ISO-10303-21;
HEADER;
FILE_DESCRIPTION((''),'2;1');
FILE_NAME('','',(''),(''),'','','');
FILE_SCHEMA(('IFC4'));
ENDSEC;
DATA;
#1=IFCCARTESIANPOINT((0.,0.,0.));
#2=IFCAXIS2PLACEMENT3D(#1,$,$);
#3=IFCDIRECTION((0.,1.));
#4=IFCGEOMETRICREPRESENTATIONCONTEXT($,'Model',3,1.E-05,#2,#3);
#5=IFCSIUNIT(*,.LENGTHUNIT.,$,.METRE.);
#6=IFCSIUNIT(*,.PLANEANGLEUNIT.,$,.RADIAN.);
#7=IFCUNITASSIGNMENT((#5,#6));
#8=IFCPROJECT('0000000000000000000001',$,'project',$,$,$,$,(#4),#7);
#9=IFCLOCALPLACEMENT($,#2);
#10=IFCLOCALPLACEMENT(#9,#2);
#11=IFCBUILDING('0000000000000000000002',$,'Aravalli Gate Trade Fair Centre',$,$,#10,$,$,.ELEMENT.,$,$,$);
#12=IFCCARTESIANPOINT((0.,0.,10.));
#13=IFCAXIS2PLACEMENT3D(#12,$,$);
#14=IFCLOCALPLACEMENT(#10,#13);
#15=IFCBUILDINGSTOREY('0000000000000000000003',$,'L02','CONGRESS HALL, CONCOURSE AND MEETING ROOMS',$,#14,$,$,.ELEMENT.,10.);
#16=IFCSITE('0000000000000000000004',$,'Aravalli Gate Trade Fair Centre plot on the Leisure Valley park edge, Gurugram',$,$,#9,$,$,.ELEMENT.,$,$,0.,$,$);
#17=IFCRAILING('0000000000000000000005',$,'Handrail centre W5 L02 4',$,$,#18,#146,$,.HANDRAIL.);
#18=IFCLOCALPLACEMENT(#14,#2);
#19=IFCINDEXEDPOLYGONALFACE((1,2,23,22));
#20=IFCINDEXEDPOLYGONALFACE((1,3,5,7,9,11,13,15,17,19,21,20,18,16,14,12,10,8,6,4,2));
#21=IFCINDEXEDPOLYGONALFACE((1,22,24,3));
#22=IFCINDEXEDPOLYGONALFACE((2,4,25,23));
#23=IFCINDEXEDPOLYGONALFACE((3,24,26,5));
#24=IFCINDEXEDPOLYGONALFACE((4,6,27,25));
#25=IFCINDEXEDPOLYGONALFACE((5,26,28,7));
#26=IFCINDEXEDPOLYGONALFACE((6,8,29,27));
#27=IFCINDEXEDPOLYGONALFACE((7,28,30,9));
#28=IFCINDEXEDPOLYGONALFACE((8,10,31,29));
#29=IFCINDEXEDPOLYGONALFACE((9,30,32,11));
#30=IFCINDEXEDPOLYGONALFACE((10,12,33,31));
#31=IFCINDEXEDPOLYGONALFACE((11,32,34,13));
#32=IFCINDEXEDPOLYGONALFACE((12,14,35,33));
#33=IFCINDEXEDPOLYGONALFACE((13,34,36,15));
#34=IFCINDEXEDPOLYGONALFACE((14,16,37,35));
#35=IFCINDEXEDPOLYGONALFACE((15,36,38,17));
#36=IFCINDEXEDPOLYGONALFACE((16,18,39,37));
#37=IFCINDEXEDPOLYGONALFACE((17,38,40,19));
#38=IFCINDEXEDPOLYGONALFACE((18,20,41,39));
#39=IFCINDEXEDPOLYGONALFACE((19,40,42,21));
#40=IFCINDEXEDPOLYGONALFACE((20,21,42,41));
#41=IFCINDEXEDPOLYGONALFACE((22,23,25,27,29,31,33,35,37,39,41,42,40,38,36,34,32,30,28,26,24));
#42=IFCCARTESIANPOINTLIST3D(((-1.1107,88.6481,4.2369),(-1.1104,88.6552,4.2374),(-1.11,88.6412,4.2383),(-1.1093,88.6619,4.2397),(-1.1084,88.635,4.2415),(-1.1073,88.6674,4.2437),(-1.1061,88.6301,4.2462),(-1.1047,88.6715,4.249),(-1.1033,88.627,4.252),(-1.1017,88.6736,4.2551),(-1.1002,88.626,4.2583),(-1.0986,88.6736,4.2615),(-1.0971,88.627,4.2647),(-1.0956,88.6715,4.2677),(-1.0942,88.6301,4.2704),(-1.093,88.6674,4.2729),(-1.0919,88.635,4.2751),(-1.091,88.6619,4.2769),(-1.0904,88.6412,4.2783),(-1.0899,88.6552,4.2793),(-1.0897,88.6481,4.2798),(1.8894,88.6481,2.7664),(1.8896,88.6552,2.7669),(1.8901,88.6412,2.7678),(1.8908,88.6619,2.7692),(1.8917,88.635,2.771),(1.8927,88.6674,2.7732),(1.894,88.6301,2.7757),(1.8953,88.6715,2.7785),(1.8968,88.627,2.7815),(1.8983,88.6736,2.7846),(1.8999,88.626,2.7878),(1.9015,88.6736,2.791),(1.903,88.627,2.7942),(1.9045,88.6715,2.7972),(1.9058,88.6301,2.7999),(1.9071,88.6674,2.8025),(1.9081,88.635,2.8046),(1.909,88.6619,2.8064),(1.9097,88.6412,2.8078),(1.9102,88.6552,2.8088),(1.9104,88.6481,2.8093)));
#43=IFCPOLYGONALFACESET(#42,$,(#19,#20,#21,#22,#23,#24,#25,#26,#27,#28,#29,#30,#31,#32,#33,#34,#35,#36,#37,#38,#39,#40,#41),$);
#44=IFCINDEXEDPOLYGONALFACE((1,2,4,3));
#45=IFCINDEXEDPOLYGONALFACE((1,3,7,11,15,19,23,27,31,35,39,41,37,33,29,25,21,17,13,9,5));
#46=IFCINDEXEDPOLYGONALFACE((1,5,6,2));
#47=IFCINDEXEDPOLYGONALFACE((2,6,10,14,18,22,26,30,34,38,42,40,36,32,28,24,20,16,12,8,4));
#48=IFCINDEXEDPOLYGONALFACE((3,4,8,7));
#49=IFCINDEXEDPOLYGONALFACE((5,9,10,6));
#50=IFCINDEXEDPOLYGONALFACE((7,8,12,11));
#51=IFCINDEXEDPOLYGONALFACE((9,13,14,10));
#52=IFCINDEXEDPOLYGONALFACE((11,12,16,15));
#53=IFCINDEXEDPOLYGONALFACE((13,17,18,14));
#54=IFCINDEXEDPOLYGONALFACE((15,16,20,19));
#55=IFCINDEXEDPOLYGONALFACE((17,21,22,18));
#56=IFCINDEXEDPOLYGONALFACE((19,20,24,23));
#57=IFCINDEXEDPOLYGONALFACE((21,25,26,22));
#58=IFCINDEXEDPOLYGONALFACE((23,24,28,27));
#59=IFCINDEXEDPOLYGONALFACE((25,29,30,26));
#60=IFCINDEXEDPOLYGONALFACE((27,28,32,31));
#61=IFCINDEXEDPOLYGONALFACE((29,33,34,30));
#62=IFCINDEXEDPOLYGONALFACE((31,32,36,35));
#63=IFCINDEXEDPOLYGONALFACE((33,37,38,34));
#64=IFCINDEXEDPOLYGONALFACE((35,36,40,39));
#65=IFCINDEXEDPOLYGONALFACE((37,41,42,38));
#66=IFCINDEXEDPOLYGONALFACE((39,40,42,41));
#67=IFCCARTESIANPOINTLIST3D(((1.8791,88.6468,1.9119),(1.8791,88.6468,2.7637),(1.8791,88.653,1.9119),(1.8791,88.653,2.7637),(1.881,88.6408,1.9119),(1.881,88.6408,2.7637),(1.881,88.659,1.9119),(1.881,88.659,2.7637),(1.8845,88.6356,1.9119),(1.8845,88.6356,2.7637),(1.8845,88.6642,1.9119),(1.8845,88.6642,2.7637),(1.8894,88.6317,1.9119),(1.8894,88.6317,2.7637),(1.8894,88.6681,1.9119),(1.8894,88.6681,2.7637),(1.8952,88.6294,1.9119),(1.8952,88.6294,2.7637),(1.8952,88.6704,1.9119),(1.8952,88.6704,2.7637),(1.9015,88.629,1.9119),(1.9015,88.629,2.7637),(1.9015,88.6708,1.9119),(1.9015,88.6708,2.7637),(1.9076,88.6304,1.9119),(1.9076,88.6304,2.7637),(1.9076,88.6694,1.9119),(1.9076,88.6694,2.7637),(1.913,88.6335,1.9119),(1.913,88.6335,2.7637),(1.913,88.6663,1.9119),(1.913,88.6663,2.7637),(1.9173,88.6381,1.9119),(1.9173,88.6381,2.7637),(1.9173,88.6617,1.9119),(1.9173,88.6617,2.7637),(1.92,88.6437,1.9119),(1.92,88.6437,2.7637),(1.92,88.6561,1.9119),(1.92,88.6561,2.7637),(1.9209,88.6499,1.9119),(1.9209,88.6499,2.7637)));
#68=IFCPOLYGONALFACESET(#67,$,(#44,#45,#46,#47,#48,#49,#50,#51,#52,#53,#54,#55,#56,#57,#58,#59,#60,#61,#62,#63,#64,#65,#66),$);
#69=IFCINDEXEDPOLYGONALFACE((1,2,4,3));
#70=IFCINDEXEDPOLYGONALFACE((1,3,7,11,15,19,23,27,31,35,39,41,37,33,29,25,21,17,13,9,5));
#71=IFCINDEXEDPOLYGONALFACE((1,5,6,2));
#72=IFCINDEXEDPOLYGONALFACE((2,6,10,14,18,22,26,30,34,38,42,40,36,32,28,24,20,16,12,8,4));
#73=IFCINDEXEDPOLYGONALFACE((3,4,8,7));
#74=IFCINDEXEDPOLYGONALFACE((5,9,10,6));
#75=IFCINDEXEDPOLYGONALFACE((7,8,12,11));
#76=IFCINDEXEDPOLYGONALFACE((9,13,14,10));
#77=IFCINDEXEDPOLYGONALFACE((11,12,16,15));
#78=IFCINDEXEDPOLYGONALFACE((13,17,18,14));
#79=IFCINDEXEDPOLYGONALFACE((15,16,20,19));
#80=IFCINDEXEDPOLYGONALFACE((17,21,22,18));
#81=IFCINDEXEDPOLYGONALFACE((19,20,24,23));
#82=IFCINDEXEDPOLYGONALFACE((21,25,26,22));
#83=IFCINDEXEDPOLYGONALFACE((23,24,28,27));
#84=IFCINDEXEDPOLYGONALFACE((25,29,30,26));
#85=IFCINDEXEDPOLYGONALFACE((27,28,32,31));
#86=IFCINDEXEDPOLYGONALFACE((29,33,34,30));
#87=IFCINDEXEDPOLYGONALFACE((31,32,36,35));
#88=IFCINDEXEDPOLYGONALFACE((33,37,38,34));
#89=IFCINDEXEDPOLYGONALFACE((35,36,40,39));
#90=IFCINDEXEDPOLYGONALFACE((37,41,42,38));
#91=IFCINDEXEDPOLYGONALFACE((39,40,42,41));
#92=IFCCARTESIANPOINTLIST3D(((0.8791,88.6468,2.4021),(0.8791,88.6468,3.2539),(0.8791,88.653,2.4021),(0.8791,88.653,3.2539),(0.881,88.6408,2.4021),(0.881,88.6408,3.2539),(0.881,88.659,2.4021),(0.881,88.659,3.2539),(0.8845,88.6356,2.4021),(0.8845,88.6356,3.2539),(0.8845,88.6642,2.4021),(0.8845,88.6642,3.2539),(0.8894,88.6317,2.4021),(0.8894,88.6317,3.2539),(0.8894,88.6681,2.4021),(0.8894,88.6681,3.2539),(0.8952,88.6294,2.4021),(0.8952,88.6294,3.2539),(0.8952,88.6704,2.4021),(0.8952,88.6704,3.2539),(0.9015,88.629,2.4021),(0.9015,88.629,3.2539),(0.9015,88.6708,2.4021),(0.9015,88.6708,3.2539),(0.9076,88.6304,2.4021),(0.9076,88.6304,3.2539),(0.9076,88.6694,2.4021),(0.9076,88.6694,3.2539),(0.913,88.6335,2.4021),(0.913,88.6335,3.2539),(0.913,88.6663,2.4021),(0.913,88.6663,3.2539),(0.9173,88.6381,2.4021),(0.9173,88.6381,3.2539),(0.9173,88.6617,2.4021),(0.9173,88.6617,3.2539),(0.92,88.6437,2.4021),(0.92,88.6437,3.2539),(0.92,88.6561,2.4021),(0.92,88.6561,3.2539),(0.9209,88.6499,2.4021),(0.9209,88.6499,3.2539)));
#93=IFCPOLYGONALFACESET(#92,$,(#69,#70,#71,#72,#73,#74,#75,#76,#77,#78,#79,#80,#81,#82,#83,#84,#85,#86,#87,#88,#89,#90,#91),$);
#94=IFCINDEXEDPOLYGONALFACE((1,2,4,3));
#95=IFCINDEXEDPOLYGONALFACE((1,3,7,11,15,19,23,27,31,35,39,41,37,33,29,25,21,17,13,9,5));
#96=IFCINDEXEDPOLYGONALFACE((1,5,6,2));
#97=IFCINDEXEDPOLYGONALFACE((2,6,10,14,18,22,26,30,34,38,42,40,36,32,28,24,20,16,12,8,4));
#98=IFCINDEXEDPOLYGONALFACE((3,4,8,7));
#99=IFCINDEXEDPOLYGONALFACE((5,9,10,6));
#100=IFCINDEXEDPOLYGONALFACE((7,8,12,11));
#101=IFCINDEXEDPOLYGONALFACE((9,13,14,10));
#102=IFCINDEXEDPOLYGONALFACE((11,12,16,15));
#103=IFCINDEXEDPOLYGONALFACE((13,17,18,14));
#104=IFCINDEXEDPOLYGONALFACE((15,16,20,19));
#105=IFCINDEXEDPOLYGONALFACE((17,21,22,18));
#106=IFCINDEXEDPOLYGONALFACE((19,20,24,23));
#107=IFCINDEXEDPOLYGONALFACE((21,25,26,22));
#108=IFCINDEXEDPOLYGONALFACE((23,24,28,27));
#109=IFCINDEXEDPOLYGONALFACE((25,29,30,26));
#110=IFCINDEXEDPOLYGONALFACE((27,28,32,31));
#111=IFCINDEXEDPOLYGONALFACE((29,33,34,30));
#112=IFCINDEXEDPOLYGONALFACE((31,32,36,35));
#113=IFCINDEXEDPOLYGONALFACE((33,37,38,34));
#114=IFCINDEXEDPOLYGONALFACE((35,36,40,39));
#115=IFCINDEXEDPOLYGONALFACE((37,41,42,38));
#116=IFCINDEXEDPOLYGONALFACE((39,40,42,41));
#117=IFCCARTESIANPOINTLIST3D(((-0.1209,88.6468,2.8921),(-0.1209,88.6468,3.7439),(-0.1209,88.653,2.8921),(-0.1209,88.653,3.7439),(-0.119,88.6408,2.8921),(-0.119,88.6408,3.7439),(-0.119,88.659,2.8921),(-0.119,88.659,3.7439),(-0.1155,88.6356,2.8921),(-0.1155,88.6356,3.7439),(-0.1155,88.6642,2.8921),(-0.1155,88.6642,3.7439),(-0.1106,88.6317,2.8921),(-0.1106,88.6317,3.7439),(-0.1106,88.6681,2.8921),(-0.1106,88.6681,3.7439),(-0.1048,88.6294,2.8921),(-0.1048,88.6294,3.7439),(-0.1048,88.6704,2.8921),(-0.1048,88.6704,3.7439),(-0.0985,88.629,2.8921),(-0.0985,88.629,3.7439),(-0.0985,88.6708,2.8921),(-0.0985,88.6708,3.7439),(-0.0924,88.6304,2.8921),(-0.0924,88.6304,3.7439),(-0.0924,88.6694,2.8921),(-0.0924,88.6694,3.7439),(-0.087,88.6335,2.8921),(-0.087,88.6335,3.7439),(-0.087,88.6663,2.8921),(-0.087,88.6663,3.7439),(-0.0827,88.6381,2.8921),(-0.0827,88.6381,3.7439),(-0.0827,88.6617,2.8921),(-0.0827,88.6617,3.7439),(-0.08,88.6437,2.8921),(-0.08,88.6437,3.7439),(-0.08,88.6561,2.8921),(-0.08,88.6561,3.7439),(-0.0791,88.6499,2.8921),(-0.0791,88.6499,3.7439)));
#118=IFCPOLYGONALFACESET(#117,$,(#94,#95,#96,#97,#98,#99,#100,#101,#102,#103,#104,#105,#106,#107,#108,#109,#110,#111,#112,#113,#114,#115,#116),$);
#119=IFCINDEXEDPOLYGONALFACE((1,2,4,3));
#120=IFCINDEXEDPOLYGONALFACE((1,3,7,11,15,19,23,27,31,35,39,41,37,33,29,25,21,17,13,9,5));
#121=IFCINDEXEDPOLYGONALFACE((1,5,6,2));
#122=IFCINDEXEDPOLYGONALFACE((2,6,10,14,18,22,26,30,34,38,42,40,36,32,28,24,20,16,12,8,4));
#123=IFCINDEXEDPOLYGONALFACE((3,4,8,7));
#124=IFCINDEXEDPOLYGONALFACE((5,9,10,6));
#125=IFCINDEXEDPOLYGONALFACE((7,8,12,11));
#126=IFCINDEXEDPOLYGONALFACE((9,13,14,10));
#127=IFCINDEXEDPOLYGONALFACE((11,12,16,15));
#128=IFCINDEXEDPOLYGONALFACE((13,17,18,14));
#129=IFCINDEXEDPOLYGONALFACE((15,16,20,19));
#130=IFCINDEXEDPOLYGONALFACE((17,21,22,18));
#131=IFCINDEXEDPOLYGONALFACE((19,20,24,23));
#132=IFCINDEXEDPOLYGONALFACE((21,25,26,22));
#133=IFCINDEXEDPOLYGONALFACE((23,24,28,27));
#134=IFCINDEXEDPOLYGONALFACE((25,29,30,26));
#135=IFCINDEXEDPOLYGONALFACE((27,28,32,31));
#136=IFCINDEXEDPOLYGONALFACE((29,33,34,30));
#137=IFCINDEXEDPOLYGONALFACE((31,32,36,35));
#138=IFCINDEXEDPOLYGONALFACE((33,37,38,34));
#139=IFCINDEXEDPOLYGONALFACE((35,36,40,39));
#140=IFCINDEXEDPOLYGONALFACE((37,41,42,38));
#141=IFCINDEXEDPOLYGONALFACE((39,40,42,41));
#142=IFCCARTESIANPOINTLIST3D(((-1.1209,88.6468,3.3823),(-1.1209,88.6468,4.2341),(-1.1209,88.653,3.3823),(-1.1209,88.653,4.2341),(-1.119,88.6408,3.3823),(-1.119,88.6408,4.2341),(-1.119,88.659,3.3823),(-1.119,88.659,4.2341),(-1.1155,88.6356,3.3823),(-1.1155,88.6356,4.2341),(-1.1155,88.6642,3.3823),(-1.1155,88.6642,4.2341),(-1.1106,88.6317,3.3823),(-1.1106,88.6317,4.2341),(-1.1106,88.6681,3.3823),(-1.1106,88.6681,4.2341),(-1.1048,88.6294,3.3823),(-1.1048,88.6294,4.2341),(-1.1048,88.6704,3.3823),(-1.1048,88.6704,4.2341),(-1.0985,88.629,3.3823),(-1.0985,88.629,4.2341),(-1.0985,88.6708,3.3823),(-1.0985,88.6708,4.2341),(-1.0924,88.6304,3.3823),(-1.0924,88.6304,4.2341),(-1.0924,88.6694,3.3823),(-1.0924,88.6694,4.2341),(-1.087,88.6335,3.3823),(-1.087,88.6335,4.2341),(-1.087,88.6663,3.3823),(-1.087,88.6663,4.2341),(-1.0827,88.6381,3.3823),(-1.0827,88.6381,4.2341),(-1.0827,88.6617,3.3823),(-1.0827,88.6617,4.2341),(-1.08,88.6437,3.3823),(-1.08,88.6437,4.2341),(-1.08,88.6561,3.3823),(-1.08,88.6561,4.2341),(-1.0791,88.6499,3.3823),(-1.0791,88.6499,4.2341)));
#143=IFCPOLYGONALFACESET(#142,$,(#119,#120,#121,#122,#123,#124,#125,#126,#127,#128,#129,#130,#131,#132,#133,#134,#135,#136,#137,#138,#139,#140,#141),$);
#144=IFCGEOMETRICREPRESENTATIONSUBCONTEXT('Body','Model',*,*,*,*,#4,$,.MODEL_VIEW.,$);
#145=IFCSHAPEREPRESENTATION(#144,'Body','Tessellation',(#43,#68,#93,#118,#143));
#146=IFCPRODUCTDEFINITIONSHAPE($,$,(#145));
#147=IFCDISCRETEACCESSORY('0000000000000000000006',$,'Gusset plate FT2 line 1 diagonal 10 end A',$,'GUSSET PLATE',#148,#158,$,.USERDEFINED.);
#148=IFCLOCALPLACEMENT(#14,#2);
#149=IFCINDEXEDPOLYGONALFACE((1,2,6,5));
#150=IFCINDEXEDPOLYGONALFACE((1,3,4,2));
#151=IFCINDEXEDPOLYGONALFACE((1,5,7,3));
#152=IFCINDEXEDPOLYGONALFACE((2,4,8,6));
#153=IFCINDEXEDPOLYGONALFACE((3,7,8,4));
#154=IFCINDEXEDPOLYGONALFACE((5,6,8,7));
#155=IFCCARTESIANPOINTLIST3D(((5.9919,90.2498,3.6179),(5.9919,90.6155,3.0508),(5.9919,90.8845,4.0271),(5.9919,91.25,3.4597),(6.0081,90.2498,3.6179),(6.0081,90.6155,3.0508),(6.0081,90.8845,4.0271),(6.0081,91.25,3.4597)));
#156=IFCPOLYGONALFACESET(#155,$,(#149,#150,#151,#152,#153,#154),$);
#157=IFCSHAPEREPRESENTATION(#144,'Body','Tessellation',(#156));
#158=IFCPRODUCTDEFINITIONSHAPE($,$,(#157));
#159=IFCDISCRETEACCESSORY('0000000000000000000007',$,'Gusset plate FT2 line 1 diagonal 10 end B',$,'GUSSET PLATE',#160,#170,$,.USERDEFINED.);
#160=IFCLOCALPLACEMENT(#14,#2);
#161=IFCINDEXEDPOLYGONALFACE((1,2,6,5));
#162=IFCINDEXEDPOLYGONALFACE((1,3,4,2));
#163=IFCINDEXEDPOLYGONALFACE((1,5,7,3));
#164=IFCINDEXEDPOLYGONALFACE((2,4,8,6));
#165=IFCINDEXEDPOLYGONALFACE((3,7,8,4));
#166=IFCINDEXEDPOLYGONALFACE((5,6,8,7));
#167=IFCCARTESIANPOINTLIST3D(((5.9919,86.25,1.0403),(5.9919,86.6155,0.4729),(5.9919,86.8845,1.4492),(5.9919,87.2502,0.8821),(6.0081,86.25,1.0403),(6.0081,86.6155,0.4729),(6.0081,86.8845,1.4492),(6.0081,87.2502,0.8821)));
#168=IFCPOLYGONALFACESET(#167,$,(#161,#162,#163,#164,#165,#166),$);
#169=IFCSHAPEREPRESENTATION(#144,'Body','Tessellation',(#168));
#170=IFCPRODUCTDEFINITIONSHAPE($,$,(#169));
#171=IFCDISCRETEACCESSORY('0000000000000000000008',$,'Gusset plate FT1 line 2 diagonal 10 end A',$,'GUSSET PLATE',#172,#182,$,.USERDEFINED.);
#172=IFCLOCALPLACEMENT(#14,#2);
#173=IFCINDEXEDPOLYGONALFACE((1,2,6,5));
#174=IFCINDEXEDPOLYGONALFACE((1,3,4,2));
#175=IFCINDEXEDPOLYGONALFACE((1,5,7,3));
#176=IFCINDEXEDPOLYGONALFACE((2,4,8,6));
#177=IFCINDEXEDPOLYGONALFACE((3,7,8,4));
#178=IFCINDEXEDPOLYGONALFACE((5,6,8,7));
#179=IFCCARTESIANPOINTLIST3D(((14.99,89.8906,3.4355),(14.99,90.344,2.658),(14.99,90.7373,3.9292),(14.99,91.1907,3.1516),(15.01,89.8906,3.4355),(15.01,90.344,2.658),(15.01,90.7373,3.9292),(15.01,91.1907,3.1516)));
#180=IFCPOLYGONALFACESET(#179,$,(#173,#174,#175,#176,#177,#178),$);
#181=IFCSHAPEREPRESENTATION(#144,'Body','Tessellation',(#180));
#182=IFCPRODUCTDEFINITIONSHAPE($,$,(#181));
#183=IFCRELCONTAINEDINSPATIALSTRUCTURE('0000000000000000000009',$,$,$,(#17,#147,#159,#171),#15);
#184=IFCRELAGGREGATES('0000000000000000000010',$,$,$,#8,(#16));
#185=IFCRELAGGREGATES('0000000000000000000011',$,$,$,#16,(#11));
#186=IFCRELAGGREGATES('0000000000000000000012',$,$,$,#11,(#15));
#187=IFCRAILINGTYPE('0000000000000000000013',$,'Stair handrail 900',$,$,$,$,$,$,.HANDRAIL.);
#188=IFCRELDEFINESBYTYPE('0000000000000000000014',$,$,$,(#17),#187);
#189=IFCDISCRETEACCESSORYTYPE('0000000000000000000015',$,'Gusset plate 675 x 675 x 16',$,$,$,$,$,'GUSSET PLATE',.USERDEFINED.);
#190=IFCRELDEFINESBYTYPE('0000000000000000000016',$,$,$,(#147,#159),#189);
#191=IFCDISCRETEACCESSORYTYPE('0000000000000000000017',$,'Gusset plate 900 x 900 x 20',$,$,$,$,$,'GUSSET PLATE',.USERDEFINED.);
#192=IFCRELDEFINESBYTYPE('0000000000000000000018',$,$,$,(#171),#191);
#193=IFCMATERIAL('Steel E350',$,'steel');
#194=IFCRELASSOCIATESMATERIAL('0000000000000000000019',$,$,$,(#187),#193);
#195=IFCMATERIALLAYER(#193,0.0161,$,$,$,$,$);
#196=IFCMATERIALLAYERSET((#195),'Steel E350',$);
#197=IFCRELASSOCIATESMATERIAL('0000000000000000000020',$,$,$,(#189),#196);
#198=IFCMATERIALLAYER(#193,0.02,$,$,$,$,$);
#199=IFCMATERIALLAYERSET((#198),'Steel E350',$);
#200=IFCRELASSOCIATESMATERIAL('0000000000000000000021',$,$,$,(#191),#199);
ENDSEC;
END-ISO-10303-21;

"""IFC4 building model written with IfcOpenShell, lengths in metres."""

from ifc_helpers import new_model, si_unit, direction, frame, origin, origin_2d, place, context, subcontext, project, spatial, polyline, circle, outline, extrude, material, layer, layer_set, type_object, element, save


model = new_model("IFC4")

# Units and contexts
model_context = context("Model", 3, precision=1e-05, world=origin(), true_north=direction((0.0, 1.0)))
body_context = subcontext(model_context, "Body", "Model", "MODEL_VIEW")
ifc_project = project(units=[si_unit("LENGTHUNIT", "METRE"), si_unit("PLANEANGLEUNIT", "RADIAN")], contexts=[model_context])

# Site, building, storey
site_placement = place(None, origin())
site = spatial("IfcSite", under=ifc_project, at=site_placement, Name="Aravalli Gate Trade Fair Centre plot on the Leisure Valley park edge, Gurugram", CompositionType="ELEMENT", RefElevation=0.0)
building_placement = place(site_placement, origin())
building = spatial("IfcBuilding", under=site, at=building_placement, Name="Aravalli Gate Trade Fair Centre", CompositionType="ELEMENT")
storey_placement = place(building_placement, frame((0.0, 0.0, 10.0)))
storey = spatial("IfcBuildingStorey", under=building, at=storey_placement, Name="L02", Description="CONGRESS HALL, CONCOURSE AND MEETING ROOMS", CompositionType="ELEMENT", Elevation=10.0)

# Shared definitions
ifc_material_1 = material(Name="Steel E350", Category="steel")

# Railing
railing_type_1 = type_object("IfcRailingType", Name="Stair handrail 900", PredefinedType="HANDRAIL", material=ifc_material_1)
for number, where, name in (
    (1, (1.8999, 88.6499, 1.9119), "Handrail centre W5 L02 4"),
):
    element("IfcRailing", number, at=place(storey_placement, frame(where)), inside=storey, type_object=railing_type_1, Name=name, PredefinedType="HANDRAIL", context=body_context, shape_type="SweptSolid", body=[
        extrude(circle(Radius=0.0239, at=origin_2d()), frame((0.0, 0.0, 0.876), z_axis=(-0.897936, 0.0, 0.440126), x_axis=(0.0, -1.0, 0.0)), (0.0, 0.0, 1.0), 3.3411),
        extrude(circle(Radius=0.021, at=origin_2d()), origin(), (0.0, 0.0, 1.0), 0.8518),
        extrude(circle(Radius=0.021, at=origin_2d()), frame((-1.0, 0.0, 0.4902)), (0.0, 0.0, 1.0), 0.8518),
        extrude(circle(Radius=0.021, at=origin_2d()), frame((-2.0, 0.0, 0.9802)), (0.0, 0.0, 1.0), 0.8518),
        extrude(circle(Radius=0.021, at=origin_2d()), frame((-3.0, 0.0, 1.4705)), (0.0, 0.0, 1.0), 0.8518),
    ])

# Discrete accessories
ifc_layer_1 = layer(ifc_material_1, 0.0161)
ifc_layer_set_1 = layer_set([ifc_layer_1], Name="Steel E350")
discrete_accessory_type_1 = type_object("IfcDiscreteAccessoryType", Name="Gusset plate 675 x 675 x 16", ElementType="GUSSET PLATE", PredefinedType="USERDEFINED", material=ifc_layer_set_1)
discrete_accessory_1_placement = place(storey_placement, frame((5.9919, 90.2498, 3.6179), z_axis=(-1.0, 0.0, 0.0), x_axis=(0.0, 0.840506, 0.541803)))
element("IfcDiscreteAccessory", 2, at=discrete_accessory_1_placement, inside=storey, type_object=discrete_accessory_type_1, Name="Gusset plate FT2 line 1 diagonal 10 end A", ObjectType="GUSSET PLATE", PredefinedType="USERDEFINED", context=body_context, shape_type="SweptSolid", body=[
    extrude(outline(polyline([(0.0, 0.0), (0.7552, 0.0), (0.755, 0.6749), (0.0001, 0.6748), (0.0, 0.0)])), origin(), (0.0, 0.0, -1.0), 0.0161),
])
discrete_accessory_2_placement = place(storey_placement, frame((6.0081, 86.8845, 1.4492), z_axis=(1.0, 0.0, 0.0), x_axis=(0.0, -0.840558, -0.541722)))
element("IfcDiscreteAccessory", 3, at=discrete_accessory_2_placement, inside=storey, type_object=discrete_accessory_type_1, Name="Gusset plate FT2 line 1 diagonal 10 end B", ObjectType="GUSSET PLATE", PredefinedType="USERDEFINED", context=body_context, shape_type="SweptSolid", body=[
    extrude(outline(polyline([(0.0, 0.0), (0.7549, 0.0), (0.755, 0.6749), (-0.0002, 0.6748), (0.0, 0.0)])), origin(), (0.0, 0.0, -1.0), 0.0161),
])
ifc_layer_2 = layer(ifc_material_1, 0.02)
ifc_layer_set_2 = layer_set([ifc_layer_2], Name="Steel E350")
discrete_accessory_type_2 = type_object("IfcDiscreteAccessoryType", Name="Gusset plate 900 x 900 x 20", ElementType="GUSSET PLATE", PredefinedType="USERDEFINED", material=ifc_layer_set_2)
discrete_accessory_3_placement = place(storey_placement, frame((14.99, 89.8906, 3.4355), z_axis=(-1.0, 0.0, 0.0), x_axis=(0.0, 0.863887, 0.503685)))
element("IfcDiscreteAccessory", 4, at=discrete_accessory_3_placement, inside=storey, type_object=discrete_accessory_type_2, Name="Gusset plate FT1 line 2 diagonal 10 end A", ObjectType="GUSSET PLATE", PredefinedType="USERDEFINED", context=body_context, shape_type="SweptSolid", body=[
    extrude(outline(polyline([(0.0, 0.0), (0.9801, 0.0), (0.9801, 0.9001), (0.0, 0.9001), (0.0, 0.0)])), origin(), (0.0, 0.0, -1.0), 0.02),
])

save(model, "model.ifc")
